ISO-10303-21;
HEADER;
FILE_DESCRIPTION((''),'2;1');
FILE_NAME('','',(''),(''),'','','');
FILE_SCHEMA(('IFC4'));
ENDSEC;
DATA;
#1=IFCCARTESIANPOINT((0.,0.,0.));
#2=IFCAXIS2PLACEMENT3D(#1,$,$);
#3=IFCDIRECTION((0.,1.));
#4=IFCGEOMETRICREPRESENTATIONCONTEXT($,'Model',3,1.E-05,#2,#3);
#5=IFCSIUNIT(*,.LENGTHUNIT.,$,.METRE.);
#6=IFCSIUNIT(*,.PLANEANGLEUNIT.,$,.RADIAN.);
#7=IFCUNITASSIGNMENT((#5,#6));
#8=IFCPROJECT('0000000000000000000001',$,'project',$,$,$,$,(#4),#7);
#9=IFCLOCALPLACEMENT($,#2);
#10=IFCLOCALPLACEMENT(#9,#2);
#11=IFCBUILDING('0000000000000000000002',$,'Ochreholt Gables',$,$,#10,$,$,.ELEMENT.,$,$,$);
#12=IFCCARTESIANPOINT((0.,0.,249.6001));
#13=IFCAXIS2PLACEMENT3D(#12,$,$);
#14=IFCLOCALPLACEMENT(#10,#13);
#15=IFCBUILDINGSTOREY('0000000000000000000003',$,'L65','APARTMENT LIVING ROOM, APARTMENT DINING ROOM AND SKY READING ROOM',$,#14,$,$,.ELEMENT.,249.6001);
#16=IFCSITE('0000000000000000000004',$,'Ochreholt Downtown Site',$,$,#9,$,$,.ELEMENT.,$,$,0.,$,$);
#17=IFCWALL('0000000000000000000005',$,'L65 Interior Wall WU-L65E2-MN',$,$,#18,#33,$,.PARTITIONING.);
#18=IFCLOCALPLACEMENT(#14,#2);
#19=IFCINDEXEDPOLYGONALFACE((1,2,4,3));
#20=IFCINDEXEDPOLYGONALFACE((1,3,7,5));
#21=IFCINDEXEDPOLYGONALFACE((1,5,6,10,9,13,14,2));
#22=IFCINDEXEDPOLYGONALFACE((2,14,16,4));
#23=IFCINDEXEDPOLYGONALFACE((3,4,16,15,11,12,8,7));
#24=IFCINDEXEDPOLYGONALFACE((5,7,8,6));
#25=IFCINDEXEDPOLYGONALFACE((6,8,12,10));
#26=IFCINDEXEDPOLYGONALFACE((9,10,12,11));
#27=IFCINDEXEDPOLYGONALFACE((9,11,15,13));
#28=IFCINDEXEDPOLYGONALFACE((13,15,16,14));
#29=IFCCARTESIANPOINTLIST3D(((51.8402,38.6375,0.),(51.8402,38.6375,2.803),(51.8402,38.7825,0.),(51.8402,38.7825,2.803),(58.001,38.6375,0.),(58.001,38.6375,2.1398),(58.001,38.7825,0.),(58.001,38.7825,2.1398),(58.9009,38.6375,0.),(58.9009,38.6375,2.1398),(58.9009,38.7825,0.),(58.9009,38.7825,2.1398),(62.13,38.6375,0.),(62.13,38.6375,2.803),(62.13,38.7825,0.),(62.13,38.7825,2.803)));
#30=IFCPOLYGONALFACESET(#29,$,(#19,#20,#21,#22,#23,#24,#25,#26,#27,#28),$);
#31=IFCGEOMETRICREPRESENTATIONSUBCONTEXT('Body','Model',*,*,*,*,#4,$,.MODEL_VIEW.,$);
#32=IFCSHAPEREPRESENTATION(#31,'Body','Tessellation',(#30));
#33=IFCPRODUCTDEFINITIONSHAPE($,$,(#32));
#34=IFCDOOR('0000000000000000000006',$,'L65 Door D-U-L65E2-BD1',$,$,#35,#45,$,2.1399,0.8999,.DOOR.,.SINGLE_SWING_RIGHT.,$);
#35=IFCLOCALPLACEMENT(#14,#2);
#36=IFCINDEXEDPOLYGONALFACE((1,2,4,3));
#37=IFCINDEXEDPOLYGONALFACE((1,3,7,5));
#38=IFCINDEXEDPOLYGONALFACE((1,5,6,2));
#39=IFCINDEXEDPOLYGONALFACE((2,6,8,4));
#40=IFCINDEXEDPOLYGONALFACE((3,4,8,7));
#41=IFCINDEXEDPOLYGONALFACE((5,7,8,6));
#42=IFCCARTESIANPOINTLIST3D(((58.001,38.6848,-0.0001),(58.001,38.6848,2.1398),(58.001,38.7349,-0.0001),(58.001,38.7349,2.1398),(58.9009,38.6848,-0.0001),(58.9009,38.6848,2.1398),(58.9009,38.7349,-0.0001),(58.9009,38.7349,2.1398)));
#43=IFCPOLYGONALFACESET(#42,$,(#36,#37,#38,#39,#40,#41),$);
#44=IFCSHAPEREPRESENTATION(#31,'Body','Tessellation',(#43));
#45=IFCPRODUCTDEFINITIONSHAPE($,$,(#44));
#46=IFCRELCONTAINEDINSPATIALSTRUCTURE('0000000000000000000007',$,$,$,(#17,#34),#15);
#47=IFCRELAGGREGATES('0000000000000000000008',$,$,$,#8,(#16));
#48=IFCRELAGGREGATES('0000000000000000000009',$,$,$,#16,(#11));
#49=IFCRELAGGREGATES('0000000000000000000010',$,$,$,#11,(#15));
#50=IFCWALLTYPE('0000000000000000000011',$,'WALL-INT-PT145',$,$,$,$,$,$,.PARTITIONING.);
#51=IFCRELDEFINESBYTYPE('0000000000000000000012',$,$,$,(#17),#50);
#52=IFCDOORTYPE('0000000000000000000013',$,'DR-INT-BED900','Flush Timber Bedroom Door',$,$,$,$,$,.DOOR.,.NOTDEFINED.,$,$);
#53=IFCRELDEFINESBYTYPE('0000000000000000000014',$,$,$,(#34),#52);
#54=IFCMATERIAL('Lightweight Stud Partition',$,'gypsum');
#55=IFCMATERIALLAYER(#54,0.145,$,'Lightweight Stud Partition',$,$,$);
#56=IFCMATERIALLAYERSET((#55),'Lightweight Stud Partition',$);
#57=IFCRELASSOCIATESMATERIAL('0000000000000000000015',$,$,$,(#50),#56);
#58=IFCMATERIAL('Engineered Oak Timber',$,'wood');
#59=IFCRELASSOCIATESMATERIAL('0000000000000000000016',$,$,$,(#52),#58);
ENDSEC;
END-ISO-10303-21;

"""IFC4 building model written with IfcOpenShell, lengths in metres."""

from ifc_helpers import new_model, si_unit, direction, frame, frame_2d, origin, place, context, subcontext, project, spatial, rectangle, extrude, material, layer, layer_set, type_object, element, fill, save


model = new_model("IFC4")

# Units and contexts
model_context = context("Model", 3, precision=1e-05, world=origin(), true_north=direction((0.0, 1.0)))
body_context = subcontext(model_context, "Body", "Model", "MODEL_VIEW")
ifc_project = project(units=[si_unit("LENGTHUNIT", "METRE"), si_unit("PLANEANGLEUNIT", "RADIAN")], contexts=[model_context])

# Site, building, storey
site_placement = place(None, origin())
site = spatial("IfcSite", under=ifc_project, at=site_placement, Name="Ochreholt Downtown Site", CompositionType="ELEMENT", RefElevation=0.0)
building_placement = place(site_placement, origin())
building = spatial("IfcBuilding", under=site, at=building_placement, Name="Ochreholt Gables", CompositionType="ELEMENT")
storey_placement = place(building_placement, frame((0.0, 0.0, 249.6001)))
storey = spatial("IfcBuildingStorey", under=building, at=storey_placement, Name="L65", Description="APARTMENT LIVING ROOM, APARTMENT DINING ROOM AND SKY READING ROOM", CompositionType="ELEMENT", Elevation=249.6001)

# Wall, opening, door
ifc_material_1 = material(Name="Lightweight Stud Partition", Category="gypsum")
ifc_layer_1 = layer(ifc_material_1, 0.145, Name="Lightweight Stud Partition")
ifc_layer_set_1 = layer_set([ifc_layer_1], Name="Lightweight Stud Partition")
wall_type_1 = type_object("IfcWallType", Name="WALL-INT-PT145", PredefinedType="PARTITIONING", material=ifc_layer_set_1)
wall_1_placement = place(storey_placement, frame((51.8401, 38.71, 0.0), z_axis=(0.0, 0.0, 1.0), x_axis=(1.0, 0.0, 0.0)))
wall_1 = element("IfcWall", 1, at=wall_1_placement, inside=storey, type_object=wall_type_1, Name="L65 Interior Wall WU-L65E2-MN", PredefinedType="PARTITIONING", context=body_context, shape_type="SweptSolid", body=[
    extrude(rectangle(XDim=10.2898, YDim=0.145, at=frame_2d((5.145, 0.0))), origin(), (0.0, 0.0, 1.0), 2.803),
])
opening_1_placement = place(wall_1_placement, frame((6.1609, 0.0, 0.0)))
opening_1 = element("IfcOpeningElement", 2, at=opening_1_placement, cuts=wall_1, PredefinedType="OPENING", context=body_context, shape_type="SweptSolid", body=[
    extrude(rectangle(XDim=0.8999, YDim=2.1399, at=frame_2d((0.45, 1.0698))), frame((0.0, 0.0825, 0.0), z_axis=(0.0, -1.0, 0.0), x_axis=(1.0, 0.0, 0.0)), (0.0, 0.0, 1.0), 0.165),
])
ifc_material_2 = material(Name="Engineered Oak Timber", Category="wood")
door_type = type_object("IfcDoorType", Name="DR-INT-BED900", Description="Flush Timber Bedroom Door", OperationType="NOTDEFINED", PredefinedType="DOOR", material=ifc_material_2)
door_placement = place(opening_1_placement, origin())
door = element("IfcDoor", 3, at=door_placement, inside=storey, type_object=door_type, Name="L65 Door D-U-L65E2-BD1", OperationType="SINGLE_SWING_RIGHT", OverallHeight=2.1399, OverallWidth=0.8999, PredefinedType="DOOR", context=body_context, shape_type="SweptSolid", body=[
    extrude(rectangle(XDim=0.8999, YDim=2.1399, at=frame_2d((0.45, 1.0698))), frame((0.0, 0.0249, 0.0), z_axis=(0.0, -1.0, 0.0), x_axis=(1.0, 0.0, 0.0)), (0.0, 0.0, 1.0), 0.05),
])
fill(opening_1, door)

save(model, "model.ifc")
